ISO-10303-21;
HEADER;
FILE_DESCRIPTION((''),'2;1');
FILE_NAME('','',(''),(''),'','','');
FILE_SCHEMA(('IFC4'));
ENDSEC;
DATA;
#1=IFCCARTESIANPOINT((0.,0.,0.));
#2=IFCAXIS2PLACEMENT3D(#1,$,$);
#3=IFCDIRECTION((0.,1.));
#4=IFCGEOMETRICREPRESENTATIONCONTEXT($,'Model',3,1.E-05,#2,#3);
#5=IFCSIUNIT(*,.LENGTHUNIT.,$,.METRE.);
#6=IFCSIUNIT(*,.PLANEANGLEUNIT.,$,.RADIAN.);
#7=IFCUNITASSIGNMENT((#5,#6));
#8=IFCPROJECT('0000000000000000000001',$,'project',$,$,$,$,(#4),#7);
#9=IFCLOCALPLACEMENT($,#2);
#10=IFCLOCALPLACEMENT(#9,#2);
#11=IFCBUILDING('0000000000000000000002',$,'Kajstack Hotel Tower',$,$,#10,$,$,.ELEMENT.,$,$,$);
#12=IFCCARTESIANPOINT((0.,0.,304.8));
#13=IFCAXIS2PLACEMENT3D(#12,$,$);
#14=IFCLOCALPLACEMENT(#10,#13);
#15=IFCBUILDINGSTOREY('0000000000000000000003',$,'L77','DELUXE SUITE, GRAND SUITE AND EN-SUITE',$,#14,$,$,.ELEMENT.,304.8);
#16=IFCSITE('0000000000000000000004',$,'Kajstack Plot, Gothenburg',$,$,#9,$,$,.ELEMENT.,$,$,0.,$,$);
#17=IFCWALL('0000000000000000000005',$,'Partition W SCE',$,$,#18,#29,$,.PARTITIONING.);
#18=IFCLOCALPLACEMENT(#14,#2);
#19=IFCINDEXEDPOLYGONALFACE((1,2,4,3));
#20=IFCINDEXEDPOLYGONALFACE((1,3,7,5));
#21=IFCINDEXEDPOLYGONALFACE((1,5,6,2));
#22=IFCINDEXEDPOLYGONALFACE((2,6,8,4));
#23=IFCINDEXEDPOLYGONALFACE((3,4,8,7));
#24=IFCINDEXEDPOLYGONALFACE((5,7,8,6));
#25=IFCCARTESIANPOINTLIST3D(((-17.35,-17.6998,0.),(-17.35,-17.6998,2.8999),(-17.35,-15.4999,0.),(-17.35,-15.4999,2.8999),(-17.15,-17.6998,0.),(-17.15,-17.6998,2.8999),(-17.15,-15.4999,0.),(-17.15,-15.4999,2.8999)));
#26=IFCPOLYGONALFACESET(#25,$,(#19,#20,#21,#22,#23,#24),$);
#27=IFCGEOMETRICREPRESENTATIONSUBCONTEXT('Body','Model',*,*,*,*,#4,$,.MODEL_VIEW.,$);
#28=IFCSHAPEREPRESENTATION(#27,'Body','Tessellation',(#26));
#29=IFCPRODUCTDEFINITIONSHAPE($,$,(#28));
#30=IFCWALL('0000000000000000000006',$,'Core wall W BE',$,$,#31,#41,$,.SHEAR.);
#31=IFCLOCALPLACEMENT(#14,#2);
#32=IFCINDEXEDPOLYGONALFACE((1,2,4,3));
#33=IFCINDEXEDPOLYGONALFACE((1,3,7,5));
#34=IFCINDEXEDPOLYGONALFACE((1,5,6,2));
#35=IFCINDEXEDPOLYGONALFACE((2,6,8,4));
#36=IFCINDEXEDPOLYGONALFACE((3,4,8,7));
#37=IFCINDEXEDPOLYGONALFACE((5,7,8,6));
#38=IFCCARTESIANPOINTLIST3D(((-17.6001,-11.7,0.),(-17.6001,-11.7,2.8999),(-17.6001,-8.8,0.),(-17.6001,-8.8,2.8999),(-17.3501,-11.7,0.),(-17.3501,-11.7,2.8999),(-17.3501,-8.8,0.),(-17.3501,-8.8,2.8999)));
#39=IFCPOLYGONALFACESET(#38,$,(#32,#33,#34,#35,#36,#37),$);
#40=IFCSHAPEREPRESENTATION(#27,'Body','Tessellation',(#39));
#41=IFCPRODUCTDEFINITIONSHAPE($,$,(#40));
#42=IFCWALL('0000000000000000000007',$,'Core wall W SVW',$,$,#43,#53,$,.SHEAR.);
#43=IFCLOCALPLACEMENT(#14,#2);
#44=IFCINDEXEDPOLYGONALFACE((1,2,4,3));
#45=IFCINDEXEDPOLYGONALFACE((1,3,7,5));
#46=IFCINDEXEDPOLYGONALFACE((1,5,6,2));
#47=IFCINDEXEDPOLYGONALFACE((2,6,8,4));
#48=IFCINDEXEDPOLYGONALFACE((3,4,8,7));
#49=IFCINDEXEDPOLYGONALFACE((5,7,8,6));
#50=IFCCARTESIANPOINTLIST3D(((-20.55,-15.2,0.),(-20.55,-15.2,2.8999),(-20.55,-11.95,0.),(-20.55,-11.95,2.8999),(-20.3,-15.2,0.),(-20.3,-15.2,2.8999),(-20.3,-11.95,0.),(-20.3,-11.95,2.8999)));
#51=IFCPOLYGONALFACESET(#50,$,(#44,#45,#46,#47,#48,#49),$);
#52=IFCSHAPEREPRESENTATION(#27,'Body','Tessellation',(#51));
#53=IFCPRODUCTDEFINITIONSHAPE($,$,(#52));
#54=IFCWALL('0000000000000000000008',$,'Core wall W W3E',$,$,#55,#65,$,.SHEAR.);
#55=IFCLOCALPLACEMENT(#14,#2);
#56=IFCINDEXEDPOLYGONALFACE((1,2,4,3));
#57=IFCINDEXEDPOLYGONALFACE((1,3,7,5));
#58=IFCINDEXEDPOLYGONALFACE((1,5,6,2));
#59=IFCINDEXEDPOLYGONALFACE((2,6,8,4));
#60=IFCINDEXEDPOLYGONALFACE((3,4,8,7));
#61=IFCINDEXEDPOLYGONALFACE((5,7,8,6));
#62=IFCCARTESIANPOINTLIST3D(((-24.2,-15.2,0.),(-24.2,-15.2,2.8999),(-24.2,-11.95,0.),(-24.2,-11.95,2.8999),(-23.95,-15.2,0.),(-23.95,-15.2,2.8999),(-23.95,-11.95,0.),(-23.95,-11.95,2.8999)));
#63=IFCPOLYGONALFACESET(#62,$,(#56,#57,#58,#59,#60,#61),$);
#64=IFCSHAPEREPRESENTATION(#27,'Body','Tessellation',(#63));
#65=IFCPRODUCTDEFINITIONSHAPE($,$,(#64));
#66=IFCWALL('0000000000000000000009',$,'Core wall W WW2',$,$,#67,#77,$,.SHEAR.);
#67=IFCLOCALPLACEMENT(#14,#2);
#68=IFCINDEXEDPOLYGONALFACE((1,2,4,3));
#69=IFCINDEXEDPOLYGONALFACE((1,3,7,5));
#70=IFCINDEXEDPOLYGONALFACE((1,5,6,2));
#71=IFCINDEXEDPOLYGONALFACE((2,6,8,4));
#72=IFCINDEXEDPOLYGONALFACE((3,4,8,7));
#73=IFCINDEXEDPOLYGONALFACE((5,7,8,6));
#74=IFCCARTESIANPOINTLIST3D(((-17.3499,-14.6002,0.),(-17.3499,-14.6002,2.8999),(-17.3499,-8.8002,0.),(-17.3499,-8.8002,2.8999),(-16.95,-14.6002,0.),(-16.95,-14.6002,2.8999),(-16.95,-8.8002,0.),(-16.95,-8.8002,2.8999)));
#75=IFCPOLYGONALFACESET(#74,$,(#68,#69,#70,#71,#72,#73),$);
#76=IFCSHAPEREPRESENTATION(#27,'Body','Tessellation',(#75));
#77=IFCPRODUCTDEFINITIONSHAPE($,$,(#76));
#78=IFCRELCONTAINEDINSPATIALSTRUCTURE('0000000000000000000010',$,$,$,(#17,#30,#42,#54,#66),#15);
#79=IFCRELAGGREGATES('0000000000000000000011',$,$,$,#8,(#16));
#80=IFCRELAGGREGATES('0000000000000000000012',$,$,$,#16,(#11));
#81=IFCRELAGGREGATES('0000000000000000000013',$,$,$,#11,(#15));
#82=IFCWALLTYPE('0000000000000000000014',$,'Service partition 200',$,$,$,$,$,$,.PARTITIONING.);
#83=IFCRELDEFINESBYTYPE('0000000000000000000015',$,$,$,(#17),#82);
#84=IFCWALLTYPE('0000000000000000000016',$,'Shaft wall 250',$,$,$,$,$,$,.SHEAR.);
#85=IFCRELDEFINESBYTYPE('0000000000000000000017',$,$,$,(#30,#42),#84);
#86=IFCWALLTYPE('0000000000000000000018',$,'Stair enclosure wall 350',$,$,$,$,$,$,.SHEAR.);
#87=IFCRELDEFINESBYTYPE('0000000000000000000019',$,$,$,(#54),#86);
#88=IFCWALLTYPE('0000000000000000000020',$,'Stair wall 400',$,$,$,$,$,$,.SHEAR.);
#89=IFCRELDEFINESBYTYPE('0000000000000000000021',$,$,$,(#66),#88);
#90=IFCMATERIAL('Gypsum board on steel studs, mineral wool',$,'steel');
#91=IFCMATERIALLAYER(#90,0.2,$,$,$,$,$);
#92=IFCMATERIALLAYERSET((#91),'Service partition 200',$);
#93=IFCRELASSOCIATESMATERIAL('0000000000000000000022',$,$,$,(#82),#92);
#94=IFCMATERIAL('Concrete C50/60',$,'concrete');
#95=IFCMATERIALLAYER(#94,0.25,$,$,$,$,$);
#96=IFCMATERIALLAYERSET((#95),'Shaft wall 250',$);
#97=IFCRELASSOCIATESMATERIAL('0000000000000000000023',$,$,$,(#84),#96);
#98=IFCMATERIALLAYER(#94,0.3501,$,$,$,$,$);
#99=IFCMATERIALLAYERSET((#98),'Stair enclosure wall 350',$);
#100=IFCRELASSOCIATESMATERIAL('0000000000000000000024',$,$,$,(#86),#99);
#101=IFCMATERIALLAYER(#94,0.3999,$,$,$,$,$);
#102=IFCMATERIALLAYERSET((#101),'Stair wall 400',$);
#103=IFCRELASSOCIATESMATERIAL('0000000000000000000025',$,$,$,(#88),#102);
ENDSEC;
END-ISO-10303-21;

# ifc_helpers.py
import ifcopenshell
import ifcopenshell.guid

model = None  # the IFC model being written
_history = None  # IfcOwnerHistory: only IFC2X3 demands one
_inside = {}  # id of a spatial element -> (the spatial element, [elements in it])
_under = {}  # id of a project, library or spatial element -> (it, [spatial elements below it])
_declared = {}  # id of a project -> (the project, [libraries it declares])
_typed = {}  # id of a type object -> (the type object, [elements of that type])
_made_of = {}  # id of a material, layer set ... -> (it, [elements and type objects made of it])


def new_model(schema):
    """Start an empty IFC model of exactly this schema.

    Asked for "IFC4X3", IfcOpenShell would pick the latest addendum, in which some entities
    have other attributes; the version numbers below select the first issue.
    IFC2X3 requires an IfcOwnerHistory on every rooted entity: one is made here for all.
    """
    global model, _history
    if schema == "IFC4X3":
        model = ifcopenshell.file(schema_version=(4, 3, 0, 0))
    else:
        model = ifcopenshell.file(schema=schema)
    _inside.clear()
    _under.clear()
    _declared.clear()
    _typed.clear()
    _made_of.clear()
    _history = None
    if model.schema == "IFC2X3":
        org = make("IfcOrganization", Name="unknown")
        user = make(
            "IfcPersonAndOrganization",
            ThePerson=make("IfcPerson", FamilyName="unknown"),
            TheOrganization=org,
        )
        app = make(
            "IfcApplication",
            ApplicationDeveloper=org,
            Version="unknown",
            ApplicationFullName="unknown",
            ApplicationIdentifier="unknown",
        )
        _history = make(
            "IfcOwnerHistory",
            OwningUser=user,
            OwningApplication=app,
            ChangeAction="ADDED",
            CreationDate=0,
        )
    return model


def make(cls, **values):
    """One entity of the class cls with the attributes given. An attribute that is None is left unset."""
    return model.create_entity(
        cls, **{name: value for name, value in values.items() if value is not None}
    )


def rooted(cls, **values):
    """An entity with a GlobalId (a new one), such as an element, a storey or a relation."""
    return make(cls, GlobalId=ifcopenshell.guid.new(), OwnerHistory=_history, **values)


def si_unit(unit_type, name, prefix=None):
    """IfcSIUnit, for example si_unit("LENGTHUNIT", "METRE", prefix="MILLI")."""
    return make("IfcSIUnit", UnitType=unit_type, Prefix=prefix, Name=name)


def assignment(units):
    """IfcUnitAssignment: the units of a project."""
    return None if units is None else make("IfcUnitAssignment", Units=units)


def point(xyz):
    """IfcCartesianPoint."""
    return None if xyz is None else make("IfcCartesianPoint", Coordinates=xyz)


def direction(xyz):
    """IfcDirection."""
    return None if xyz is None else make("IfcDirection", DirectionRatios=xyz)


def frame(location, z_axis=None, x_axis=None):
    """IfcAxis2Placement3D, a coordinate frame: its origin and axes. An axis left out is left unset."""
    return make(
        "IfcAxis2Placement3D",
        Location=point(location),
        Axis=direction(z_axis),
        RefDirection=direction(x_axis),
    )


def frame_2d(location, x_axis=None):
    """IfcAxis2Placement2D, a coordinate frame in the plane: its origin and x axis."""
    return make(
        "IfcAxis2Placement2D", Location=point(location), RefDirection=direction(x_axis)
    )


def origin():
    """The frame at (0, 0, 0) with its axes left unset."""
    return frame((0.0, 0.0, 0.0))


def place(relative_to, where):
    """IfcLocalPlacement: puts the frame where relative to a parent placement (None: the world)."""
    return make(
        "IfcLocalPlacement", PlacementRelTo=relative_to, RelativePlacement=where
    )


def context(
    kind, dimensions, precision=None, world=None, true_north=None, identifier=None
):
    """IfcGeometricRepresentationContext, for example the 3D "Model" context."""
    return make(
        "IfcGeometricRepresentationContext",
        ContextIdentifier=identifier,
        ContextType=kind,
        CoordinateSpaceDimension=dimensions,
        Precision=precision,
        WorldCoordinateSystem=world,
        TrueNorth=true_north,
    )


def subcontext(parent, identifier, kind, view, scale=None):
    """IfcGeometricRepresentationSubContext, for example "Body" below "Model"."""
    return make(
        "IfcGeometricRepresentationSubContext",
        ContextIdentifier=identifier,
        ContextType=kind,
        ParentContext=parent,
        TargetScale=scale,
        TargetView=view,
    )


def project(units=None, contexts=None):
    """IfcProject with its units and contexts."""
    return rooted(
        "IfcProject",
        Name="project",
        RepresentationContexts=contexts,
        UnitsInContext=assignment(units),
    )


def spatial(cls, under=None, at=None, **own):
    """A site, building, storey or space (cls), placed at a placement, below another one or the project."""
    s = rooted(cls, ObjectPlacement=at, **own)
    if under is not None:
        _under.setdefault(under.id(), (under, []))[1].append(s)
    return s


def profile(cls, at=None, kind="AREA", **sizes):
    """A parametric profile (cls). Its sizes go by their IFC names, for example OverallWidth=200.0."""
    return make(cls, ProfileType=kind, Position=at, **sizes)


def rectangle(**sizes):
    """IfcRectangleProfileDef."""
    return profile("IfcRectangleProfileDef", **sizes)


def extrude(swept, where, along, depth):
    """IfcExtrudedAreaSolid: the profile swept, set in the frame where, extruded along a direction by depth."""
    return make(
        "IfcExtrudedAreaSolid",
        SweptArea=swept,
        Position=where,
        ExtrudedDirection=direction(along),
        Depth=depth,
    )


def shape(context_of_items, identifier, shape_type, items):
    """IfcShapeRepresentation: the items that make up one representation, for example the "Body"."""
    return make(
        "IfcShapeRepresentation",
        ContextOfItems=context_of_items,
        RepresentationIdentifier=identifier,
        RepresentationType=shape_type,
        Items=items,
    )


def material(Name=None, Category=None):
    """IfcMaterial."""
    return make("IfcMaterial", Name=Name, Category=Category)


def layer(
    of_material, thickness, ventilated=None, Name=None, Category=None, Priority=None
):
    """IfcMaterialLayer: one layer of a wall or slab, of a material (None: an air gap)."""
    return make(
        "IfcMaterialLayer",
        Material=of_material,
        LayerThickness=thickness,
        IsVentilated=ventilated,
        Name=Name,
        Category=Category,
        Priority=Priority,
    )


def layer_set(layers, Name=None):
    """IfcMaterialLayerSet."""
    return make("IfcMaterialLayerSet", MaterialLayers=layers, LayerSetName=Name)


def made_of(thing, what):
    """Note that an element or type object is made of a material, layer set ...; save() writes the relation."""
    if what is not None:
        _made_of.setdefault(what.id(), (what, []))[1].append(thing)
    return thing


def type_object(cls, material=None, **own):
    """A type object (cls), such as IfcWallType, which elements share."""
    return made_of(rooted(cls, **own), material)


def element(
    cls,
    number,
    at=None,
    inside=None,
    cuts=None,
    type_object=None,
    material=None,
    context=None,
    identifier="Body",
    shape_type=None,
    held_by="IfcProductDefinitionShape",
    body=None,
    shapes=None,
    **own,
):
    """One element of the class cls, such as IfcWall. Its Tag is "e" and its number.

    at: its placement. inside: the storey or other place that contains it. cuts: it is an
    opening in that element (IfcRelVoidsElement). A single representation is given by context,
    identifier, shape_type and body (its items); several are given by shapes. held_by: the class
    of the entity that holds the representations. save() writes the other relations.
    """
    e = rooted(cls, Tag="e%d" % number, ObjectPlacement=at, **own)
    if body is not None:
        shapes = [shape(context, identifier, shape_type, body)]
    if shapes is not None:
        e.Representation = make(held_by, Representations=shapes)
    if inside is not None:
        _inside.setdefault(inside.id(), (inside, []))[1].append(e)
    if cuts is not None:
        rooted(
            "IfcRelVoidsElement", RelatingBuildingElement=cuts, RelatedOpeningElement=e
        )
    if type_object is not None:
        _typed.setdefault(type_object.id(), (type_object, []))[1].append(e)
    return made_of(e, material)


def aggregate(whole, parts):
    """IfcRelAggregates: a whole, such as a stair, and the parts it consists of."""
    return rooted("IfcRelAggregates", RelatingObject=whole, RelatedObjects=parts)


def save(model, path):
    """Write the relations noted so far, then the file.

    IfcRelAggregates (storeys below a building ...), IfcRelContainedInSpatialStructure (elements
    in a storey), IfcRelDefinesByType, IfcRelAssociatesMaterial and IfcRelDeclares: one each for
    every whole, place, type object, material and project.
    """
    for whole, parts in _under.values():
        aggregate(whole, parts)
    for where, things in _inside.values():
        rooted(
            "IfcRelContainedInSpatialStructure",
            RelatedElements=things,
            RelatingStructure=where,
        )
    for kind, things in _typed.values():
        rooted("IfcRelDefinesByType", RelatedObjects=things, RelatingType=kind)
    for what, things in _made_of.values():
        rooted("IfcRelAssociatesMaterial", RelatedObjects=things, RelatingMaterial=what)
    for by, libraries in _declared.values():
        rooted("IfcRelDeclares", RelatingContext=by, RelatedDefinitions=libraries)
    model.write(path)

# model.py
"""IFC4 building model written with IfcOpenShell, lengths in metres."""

from ifc_helpers import new_model, si_unit, direction, frame, frame_2d, origin, place, context, subcontext, project, spatial, rectangle, extrude, material, layer, layer_set, type_object, element, save


model = new_model("IFC4")

# Units and contexts
model_context = context("Model", 3, precision=1e-05, world=origin(), true_north=direction((0.0, 1.0)))
body_context = subcontext(model_context, "Body", "Model", "MODEL_VIEW")
ifc_project = project(units=[si_unit("LENGTHUNIT", "METRE"), si_unit("PLANEANGLEUNIT", "RADIAN")], contexts=[model_context])

# Site, building, storey
site_placement = place(None, origin())
site = spatial("IfcSite", under=ifc_project, at=site_placement, Name="Kajstack Plot, Gothenburg", CompositionType="ELEMENT", RefElevation=0.0)
building_placement = place(site_placement, origin())
building = spatial("IfcBuilding", under=site, at=building_placement, Name="Kajstack Hotel Tower", CompositionType="ELEMENT")
storey_placement = place(building_placement, frame((0.0, 0.0, 304.8)))
storey = spatial("IfcBuildingStorey", under=building, at=storey_placement, Name="L77", Description="DELUXE SUITE, GRAND SUITE AND EN-SUITE", CompositionType="ELEMENT", Elevation=304.8)

# Walls
ifc_material_1 = material(Name="Gypsum board on steel studs, mineral wool", Category="steel")
ifc_layer_1 = layer(ifc_material_1, 0.2)
ifc_layer_set_1 = layer_set([ifc_layer_1], Name="Service partition 200")
wall_type_1 = type_object("IfcWallType", Name="Service partition 200", PredefinedType="PARTITIONING", material=ifc_layer_set_1)
wall_1_placement = place(storey_placement, frame((-17.25, -17.7, 0.0), z_axis=(0.0, 0.0, 1.0), x_axis=(0.0, 1.0, 0.0)))
element("IfcWall", 1, at=wall_1_placement, inside=storey, type_object=wall_type_1, Name="Partition W SCE", PredefinedType="PARTITIONING", context=body_context, shape_type="SweptSolid", body=[
    extrude(rectangle(XDim=2.2, YDim=0.2, at=frame_2d((1.1001, 0.0))), origin(), (0.0, 0.0, 1.0), 2.8999),
])
ifc_material_2 = material(Name="Concrete C50/60", Category="concrete")
ifc_layer_2 = layer(ifc_material_2, 0.25)
ifc_layer_set_2 = layer_set([ifc_layer_2], Name="Shaft wall 250")
wall_type_2 = type_object("IfcWallType", Name="Shaft wall 250", PredefinedType="SHEAR", material=ifc_layer_set_2)
wall_2_placement = place(storey_placement, frame((-17.4751, -11.7, 0.0), z_axis=(0.0, 0.0, 1.0), x_axis=(0.0, 1.0, 0.0)))
element("IfcWall", 2, at=wall_2_placement, inside=storey, type_object=wall_type_2, Name="Core wall W BE", PredefinedType="SHEAR", context=body_context, shape_type="SweptSolid", body=[
    extrude(rectangle(XDim=2.8999, YDim=0.25, at=frame_2d((1.45, 0.0))), origin(), (0.0, 0.0, 1.0), 2.8999),
])
wall_3_placement = place(storey_placement, frame((-20.425, -15.2, 0.0), z_axis=(0.0, 0.0, 1.0), x_axis=(0.0, 1.0, 0.0)))
element("IfcWall", 3, at=wall_3_placement, inside=storey, type_object=wall_type_2, Name="Core wall W SVW", PredefinedType="SHEAR", context=body_context, shape_type="SweptSolid", body=[
    extrude(rectangle(XDim=3.25, YDim=0.25, at=frame_2d((1.625, 0.0))), origin(), (0.0, 0.0, 1.0), 2.8999),
])
ifc_layer_3 = layer(ifc_material_2, 0.3501)
ifc_layer_set_3 = layer_set([ifc_layer_3], Name="Stair enclosure wall 350")
wall_type_3 = type_object("IfcWallType", Name="Stair enclosure wall 350", PredefinedType="SHEAR", material=ifc_layer_set_3)
wall_4_placement = place(storey_placement, frame((-24.075, -15.2, 0.0), z_axis=(0.0, 0.0, 1.0), x_axis=(0.0, 1.0, 0.0)))
element("IfcWall", 4, at=wall_4_placement, inside=storey, type_object=wall_type_3, Name="Core wall W W3E", PredefinedType="SHEAR", context=body_context, shape_type="SweptSolid", body=[
    extrude(rectangle(XDim=3.25, YDim=0.25, at=frame_2d((1.625, 0.0))), origin(), (0.0, 0.0, 1.0), 2.8999),
])
ifc_layer_4 = layer(ifc_material_2, 0.3999)
ifc_layer_set_4 = layer_set([ifc_layer_4], Name="Stair wall 400")
wall_type_4 = type_object("IfcWallType", Name="Stair wall 400", PredefinedType="SHEAR", material=ifc_layer_set_4)
wall_5_placement = place(storey_placement, frame((-17.1499, -14.6001, 0.0), z_axis=(0.0, 0.0, 1.0), x_axis=(0.0, 1.0, 0.0)))
element("IfcWall", 5, at=wall_5_placement, inside=storey, type_object=wall_type_4, Name="Core wall W WW2", PredefinedType="SHEAR", context=body_context, shape_type="SweptSolid", body=[
    extrude(rectangle(XDim=5.8, YDim=0.3999, at=frame_2d((2.8999, 0.0))), origin(), (0.0, 0.0, 1.0), 2.8999),
])

save(model, "model.ifc")
